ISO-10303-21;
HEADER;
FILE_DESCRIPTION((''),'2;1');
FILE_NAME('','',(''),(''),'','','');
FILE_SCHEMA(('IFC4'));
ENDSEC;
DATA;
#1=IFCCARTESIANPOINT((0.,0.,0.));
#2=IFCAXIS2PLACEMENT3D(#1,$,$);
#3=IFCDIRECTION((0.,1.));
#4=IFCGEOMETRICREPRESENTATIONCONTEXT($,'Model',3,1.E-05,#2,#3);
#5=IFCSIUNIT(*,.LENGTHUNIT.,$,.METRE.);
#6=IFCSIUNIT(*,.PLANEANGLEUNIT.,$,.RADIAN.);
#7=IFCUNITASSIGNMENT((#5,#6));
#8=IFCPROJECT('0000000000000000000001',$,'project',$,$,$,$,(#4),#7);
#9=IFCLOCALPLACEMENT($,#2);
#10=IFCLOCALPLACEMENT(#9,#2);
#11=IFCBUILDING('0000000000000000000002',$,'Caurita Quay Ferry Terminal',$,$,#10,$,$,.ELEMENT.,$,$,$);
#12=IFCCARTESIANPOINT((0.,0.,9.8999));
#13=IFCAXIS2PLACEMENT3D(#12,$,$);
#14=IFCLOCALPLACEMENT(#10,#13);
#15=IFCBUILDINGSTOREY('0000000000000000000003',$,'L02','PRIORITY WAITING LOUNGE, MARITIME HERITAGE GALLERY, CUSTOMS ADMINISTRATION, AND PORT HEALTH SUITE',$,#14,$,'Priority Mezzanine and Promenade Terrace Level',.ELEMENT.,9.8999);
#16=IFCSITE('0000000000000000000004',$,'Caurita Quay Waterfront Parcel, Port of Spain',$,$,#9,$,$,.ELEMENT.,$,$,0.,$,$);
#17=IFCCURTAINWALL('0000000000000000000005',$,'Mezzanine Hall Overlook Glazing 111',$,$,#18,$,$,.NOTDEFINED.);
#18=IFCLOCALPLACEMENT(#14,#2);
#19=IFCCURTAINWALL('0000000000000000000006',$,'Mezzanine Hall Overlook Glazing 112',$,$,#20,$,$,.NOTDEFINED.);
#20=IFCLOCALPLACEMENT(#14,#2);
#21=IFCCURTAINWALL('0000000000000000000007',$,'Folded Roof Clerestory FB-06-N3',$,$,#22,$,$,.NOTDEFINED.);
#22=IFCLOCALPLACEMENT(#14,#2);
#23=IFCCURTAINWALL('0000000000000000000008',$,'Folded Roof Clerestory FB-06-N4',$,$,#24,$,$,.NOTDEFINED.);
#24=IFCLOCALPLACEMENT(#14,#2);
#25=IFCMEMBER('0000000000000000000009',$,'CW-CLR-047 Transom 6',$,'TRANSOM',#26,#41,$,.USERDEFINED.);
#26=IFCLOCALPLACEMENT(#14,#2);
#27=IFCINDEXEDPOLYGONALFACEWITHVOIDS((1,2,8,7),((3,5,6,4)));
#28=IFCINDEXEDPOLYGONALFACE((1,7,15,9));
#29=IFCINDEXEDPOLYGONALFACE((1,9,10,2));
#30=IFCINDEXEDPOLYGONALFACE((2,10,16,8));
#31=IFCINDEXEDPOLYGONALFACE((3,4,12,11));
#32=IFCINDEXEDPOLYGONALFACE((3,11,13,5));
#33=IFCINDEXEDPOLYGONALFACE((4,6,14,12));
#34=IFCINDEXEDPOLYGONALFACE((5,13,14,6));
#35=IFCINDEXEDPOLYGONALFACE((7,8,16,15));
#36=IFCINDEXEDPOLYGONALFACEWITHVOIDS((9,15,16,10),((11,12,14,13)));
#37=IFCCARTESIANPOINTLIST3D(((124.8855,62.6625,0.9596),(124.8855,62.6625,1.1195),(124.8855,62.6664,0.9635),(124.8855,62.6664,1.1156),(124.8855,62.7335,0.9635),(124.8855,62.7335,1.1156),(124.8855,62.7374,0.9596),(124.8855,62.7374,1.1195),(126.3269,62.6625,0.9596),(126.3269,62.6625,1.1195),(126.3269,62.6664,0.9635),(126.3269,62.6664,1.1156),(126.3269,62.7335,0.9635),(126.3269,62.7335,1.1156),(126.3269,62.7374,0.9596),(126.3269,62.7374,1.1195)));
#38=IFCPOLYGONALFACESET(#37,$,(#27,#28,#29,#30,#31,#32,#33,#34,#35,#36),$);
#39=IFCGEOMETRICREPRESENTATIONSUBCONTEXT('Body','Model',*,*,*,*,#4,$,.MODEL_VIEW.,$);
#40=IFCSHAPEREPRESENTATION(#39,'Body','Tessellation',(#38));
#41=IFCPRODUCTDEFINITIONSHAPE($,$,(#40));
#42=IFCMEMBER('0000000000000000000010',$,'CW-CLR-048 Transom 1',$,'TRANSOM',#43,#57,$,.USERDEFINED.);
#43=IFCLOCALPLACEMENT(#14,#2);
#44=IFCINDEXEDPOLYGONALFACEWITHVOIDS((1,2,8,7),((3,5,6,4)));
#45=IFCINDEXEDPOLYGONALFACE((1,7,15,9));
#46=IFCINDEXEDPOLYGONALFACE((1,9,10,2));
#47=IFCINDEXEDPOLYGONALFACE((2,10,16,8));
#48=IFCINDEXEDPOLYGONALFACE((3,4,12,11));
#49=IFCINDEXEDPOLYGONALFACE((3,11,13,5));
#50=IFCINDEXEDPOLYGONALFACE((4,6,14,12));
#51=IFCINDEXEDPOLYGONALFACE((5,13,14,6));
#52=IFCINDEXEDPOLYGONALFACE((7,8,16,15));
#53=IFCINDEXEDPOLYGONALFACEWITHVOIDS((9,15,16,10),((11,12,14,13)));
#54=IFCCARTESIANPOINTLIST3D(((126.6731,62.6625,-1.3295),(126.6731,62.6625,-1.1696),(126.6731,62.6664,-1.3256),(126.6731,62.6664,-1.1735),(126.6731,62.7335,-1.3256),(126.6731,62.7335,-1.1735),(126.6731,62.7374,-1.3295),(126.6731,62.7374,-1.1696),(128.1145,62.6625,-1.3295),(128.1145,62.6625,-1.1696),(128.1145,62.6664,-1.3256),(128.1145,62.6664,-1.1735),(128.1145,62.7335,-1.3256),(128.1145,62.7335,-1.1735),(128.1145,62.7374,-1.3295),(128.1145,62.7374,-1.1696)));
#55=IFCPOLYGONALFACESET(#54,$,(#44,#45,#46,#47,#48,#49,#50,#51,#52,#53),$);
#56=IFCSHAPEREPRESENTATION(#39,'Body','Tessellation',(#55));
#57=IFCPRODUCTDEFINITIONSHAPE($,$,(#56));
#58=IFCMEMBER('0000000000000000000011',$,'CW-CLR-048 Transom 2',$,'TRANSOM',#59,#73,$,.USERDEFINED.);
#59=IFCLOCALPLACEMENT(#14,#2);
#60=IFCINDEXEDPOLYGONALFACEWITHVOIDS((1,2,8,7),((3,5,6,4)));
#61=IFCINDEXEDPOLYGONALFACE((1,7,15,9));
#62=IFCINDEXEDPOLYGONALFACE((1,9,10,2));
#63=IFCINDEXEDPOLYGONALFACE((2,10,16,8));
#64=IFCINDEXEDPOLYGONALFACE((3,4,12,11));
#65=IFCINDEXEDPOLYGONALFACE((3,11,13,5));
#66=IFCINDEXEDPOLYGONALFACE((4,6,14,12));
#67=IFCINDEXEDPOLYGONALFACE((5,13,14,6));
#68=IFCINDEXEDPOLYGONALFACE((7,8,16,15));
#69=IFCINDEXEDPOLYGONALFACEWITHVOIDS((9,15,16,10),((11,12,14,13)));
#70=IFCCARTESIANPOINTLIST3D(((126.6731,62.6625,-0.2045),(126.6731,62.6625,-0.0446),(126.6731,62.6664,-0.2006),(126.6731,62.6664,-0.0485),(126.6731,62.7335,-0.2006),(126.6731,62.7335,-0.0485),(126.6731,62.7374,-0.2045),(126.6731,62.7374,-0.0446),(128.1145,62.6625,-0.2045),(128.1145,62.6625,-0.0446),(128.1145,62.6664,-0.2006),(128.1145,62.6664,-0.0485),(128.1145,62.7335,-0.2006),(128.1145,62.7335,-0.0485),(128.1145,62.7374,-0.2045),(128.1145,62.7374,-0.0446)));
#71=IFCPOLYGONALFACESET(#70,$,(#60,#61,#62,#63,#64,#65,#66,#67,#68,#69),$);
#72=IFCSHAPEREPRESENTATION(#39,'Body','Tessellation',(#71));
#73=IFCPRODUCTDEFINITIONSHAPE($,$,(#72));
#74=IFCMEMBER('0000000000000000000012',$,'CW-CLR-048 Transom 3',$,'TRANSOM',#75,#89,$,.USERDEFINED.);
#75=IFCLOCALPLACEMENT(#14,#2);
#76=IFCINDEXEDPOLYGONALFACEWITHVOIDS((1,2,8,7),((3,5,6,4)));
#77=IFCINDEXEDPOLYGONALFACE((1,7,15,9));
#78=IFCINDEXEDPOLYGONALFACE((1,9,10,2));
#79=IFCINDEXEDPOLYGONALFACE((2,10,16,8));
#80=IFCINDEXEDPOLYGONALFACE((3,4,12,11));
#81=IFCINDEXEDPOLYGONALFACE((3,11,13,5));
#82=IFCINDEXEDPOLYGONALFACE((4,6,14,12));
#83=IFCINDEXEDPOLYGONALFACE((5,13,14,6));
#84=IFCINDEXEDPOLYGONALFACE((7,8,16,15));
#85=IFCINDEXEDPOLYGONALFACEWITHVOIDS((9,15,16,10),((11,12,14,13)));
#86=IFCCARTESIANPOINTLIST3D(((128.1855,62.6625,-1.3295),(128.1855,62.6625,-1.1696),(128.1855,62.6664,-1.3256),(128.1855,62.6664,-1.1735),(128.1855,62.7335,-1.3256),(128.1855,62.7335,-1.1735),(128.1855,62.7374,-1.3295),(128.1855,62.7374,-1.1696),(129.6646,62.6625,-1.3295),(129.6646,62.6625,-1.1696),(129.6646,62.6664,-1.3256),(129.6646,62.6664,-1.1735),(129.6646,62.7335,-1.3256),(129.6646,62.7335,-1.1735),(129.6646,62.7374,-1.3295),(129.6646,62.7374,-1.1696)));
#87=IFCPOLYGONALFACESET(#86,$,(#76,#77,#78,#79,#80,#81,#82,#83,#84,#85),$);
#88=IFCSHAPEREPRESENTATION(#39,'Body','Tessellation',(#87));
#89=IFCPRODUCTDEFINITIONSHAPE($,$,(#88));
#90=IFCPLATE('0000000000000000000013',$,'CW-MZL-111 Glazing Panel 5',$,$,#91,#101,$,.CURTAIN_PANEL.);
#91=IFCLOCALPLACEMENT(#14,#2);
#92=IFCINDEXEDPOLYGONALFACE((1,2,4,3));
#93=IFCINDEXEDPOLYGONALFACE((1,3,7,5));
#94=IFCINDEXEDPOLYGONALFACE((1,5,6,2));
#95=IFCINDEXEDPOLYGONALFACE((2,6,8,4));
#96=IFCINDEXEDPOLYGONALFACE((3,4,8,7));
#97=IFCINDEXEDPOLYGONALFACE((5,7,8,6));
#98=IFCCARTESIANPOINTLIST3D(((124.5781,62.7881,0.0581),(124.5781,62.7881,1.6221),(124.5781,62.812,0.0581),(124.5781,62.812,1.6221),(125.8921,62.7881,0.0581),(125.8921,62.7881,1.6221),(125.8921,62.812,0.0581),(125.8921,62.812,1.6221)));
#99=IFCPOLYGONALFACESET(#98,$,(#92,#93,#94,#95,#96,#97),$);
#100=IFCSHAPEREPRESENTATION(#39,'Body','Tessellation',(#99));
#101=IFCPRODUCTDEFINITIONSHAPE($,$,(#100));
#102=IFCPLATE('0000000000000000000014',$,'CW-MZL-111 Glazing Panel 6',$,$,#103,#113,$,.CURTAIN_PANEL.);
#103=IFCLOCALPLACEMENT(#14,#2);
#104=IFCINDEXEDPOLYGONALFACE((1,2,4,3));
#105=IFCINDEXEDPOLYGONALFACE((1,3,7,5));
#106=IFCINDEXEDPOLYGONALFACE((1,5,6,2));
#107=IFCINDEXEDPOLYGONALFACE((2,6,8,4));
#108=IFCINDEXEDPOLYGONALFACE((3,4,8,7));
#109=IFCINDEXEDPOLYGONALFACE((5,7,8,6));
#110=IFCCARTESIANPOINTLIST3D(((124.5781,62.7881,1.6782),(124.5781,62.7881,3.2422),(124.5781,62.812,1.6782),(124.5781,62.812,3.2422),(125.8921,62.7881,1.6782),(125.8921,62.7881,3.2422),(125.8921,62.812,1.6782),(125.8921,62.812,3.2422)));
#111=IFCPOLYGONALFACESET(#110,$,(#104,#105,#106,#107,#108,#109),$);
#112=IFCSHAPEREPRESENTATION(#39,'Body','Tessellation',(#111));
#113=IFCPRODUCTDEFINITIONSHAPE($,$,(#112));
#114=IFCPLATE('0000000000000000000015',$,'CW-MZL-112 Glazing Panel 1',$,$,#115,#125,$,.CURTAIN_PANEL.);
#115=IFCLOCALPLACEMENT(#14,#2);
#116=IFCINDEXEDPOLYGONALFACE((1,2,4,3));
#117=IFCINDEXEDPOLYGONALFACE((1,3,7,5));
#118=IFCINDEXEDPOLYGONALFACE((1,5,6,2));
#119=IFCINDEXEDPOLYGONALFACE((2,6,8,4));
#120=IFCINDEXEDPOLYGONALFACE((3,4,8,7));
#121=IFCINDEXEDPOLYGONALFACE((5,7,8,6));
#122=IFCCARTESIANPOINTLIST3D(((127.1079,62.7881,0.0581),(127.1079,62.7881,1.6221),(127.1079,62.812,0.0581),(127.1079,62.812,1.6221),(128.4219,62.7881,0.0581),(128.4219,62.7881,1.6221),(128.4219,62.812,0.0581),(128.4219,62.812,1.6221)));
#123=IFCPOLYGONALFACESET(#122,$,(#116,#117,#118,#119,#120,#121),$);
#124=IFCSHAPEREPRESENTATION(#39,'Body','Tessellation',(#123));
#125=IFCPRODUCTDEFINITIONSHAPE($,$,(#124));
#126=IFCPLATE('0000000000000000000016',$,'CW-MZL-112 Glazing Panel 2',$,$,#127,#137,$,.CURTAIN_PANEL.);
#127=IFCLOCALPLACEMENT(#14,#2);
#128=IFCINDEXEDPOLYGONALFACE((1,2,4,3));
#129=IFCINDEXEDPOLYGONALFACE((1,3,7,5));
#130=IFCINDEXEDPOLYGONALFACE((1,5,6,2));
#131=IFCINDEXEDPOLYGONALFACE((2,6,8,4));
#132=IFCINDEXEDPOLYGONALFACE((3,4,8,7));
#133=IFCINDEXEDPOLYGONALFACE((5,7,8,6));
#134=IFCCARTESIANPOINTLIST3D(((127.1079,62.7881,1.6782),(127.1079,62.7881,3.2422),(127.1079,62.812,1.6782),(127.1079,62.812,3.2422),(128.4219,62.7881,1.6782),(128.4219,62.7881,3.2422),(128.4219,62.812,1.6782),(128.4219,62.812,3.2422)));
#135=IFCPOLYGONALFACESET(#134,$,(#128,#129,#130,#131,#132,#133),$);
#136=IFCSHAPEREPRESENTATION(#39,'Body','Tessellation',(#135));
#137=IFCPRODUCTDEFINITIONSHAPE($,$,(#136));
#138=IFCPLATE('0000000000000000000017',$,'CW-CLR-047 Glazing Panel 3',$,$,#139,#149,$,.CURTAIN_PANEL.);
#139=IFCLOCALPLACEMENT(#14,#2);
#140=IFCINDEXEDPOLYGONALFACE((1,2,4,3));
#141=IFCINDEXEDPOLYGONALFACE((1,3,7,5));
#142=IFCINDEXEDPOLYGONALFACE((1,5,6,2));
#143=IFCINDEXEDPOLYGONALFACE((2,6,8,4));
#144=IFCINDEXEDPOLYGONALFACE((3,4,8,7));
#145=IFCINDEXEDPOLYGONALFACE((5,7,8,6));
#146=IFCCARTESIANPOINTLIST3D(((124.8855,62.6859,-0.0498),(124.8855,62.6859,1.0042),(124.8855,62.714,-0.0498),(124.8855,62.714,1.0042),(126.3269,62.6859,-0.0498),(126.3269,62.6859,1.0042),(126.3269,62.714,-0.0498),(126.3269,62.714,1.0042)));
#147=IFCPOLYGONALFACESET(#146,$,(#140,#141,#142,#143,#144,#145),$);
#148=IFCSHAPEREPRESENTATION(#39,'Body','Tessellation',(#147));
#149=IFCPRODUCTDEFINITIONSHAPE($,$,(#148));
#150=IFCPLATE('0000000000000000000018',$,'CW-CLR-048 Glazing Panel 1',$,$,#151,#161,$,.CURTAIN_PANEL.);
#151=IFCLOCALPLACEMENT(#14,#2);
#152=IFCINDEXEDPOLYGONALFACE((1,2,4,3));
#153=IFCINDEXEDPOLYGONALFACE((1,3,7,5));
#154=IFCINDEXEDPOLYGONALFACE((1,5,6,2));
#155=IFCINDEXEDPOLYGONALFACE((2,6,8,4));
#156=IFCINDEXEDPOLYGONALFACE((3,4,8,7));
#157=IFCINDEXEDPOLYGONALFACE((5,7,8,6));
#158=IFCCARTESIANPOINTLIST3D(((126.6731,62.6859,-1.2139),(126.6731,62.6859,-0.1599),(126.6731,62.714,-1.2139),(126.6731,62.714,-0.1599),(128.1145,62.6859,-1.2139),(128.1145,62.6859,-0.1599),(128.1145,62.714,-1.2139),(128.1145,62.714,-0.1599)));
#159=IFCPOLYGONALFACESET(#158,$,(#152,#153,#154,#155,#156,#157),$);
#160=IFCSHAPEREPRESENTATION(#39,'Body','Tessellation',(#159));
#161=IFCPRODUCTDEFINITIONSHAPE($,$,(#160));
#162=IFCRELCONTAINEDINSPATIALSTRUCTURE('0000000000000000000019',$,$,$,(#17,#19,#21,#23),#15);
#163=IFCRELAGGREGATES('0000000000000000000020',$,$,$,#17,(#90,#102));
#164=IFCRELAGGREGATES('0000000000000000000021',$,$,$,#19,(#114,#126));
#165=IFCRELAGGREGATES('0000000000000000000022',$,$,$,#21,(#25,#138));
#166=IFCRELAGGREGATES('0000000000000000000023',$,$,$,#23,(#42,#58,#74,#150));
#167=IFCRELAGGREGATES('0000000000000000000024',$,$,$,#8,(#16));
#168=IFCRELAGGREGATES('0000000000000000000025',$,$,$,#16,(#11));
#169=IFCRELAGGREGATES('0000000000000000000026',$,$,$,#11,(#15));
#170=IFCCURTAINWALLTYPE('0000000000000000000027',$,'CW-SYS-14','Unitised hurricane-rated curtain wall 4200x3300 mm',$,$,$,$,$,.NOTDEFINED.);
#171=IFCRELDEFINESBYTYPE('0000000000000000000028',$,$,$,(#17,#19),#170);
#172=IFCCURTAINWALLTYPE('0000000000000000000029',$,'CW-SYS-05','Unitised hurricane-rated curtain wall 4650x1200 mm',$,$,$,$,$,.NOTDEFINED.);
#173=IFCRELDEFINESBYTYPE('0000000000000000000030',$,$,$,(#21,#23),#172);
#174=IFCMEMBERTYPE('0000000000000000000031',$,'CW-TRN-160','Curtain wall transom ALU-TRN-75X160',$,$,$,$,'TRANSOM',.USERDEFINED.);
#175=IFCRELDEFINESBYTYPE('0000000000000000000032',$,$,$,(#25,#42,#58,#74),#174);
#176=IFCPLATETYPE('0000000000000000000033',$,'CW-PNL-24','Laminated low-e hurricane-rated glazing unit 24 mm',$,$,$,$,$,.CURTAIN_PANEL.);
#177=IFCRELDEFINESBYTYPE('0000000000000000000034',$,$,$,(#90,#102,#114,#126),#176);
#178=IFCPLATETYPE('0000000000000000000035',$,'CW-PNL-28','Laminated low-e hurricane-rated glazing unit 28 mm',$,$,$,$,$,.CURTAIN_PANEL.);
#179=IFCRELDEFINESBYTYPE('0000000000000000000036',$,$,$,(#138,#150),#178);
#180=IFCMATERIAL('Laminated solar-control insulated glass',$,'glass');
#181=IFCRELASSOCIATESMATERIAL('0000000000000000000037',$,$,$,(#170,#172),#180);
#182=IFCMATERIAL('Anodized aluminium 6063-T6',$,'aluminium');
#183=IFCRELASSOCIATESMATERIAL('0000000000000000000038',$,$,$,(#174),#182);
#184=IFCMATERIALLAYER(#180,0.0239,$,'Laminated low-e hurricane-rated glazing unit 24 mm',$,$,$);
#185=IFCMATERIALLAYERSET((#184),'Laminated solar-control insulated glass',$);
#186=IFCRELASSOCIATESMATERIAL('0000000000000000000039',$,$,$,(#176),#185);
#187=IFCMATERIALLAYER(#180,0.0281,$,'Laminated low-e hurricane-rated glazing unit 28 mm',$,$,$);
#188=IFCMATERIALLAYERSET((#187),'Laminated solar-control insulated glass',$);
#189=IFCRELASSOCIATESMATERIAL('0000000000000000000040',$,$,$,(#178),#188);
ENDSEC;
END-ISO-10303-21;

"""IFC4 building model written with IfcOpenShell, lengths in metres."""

from ifc_helpers import new_model, si_unit, direction, frame, origin, origin_2d, place, context, subcontext, project, spatial, rectangle, hollow_rectangle, extrude, material, layer, layer_set, material_profile, profile_set, type_object, element, aggregate, save


model = new_model("IFC4")

# Units and contexts
model_context = context("Model", 3, precision=1e-05, world=origin(), true_north=direction((0.0, 1.0)))
body_context = subcontext(model_context, "Body", "Model", "MODEL_VIEW")
ifc_project = project(units=[si_unit("LENGTHUNIT", "METRE"), si_unit("PLANEANGLEUNIT", "RADIAN")], contexts=[model_context])

# Site, building, storey
site_placement = place(None, origin())
site = spatial("IfcSite", under=ifc_project, at=site_placement, Name="Caurita Quay Waterfront Parcel, Port of Spain", CompositionType="ELEMENT", RefElevation=0.0)
building_placement = place(site_placement, origin())
building = spatial("IfcBuilding", under=site, at=building_placement, Name="Caurita Quay Ferry Terminal", CompositionType="ELEMENT")
storey_placement = place(building_placement, frame((0.0, 0.0, 9.8999)))
storey = spatial("IfcBuildingStorey", under=building, at=storey_placement, Name="L02", Description="PRIORITY WAITING LOUNGE, MARITIME HERITAGE GALLERY, CUSTOMS ADMINISTRATION, AND PORT HEALTH SUITE", LongName="Priority Mezzanine and Promenade Terrace Level", CompositionType="ELEMENT", Elevation=9.8999)

# Curtain walls
ifc_material_1 = material(Name="Laminated solar-control insulated glass", Category="glass")
curtain_wall_type_1 = type_object("IfcCurtainWallType", Name="CW-SYS-14", Description="Unitised hurricane-rated curtain wall 4200x3300 mm", PredefinedType="NOTDEFINED", material=ifc_material_1)
curtain_wall_1_placement = place(storey_placement, origin())
curtain_wall_1 = element("IfcCurtainWall", 1, at=curtain_wall_1_placement, inside=storey, type_object=curtain_wall_type_1, Name="Mezzanine Hall Overlook Glazing 111", PredefinedType="NOTDEFINED")
ifc_material_2 = material(Name="Anodized aluminium 6063-T6", Category="aluminium")
curtain_wall_2_placement = place(storey_placement, origin())
curtain_wall_2 = element("IfcCurtainWall", 2, at=curtain_wall_2_placement, inside=storey, type_object=curtain_wall_type_1, Name="Mezzanine Hall Overlook Glazing 112", PredefinedType="NOTDEFINED")

# Curtain walls
curtain_wall_type_2 = type_object("IfcCurtainWallType", Name="CW-SYS-05", Description="Unitised hurricane-rated curtain wall 4650x1200 mm", PredefinedType="NOTDEFINED", material=ifc_material_1)
curtain_wall_3_placement = place(storey_placement, origin())
curtain_wall_3 = element("IfcCurtainWall", 3, at=curtain_wall_3_placement, inside=storey, type_object=curtain_wall_type_2, Name="Folded Roof Clerestory FB-06-N3", PredefinedType="NOTDEFINED")
curtain_wall_4_placement = place(storey_placement, origin())
curtain_wall_4 = element("IfcCurtainWall", 4, at=curtain_wall_4_placement, inside=storey, type_object=curtain_wall_type_2, Name="Folded Roof Clerestory FB-06-N4", PredefinedType="NOTDEFINED")

# Members
ifc_material_profile_1 = material_profile(ifc_material_2, hollow_rectangle(XDim=0.075, YDim=0.1599, WallThickness=0.0039, at=origin_2d()), Name="ALU-TRN-75X160")
ifc_profile_set_1 = profile_set([ifc_material_profile_1], Name="Anodized aluminium 6063-T6")
member_type_1 = type_object("IfcMemberType", Name="CW-TRN-160", Description="Curtain wall transom ALU-TRN-75X160", ElementType="TRANSOM", PredefinedType="USERDEFINED", material=ifc_profile_set_1)
member_1_placement = place(storey_placement, frame((124.8855, 62.7, 1.0396), z_axis=(1.0, 0.0, 0.0), x_axis=(0.0, 1.0, 0.0)))
member_1 = element("IfcMember", 5, at=member_1_placement, type_object=member_type_1, Name="CW-CLR-047 Transom 6", ObjectType="TRANSOM", PredefinedType="USERDEFINED", context=body_context, shape_type="SweptSolid", body=[
    extrude(hollow_rectangle(XDim=0.075, YDim=0.1599, WallThickness=0.0039, at=origin_2d()), origin(), (0.0, 0.0, 1.0), 1.4414),
])
member_2_placement = place(storey_placement, frame((126.6731, 62.7, -1.2495), z_axis=(1.0, 0.0, 0.0), x_axis=(0.0, 1.0, 0.0)))
member_2 = element("IfcMember", 6, at=member_2_placement, type_object=member_type_1, Name="CW-CLR-048 Transom 1", ObjectType="TRANSOM", PredefinedType="USERDEFINED", context=body_context, shape_type="SweptSolid", body=[
    extrude(hollow_rectangle(XDim=0.075, YDim=0.1599, WallThickness=0.0039, at=origin_2d()), origin(), (0.0, 0.0, 1.0), 1.4414),
])
member_3_placement = place(storey_placement, frame((126.6731, 62.7, -0.1245), z_axis=(1.0, 0.0, 0.0), x_axis=(0.0, 1.0, 0.0)))
member_3 = element("IfcMember", 7, at=member_3_placement, type_object=member_type_1, Name="CW-CLR-048 Transom 2", ObjectType="TRANSOM", PredefinedType="USERDEFINED", context=body_context, shape_type="SweptSolid", body=[
    extrude(hollow_rectangle(XDim=0.075, YDim=0.1599, WallThickness=0.0039, at=origin_2d()), origin(), (0.0, 0.0, 1.0), 1.4414),
])
member_4_placement = place(storey_placement, frame((128.1855, 62.7, -1.2495), z_axis=(1.0, 0.0, 0.0), x_axis=(0.0, 1.0, 0.0)))
member_4 = element("IfcMember", 8, at=member_4_placement, type_object=member_type_1, Name="CW-CLR-048 Transom 3", ObjectType="TRANSOM", PredefinedType="USERDEFINED", context=body_context, shape_type="SweptSolid", body=[
    extrude(hollow_rectangle(XDim=0.075, YDim=0.1599, WallThickness=0.0039, at=origin_2d()), origin(), (0.0, 0.0, 1.0), 1.479),
])

# Plates
ifc_layer_1 = layer(ifc_material_1, 0.0239, Name="Laminated low-e hurricane-rated glazing unit 24 mm")
ifc_layer_set_1 = layer_set([ifc_layer_1], Name="Laminated solar-control insulated glass")
plate_type_1 = type_object("IfcPlateType", Name="CW-PNL-24", Description="Laminated low-e hurricane-rated glazing unit 24 mm", PredefinedType="CURTAIN_PANEL", material=ifc_layer_set_1)
plate_1_placement = place(storey_placement, frame((125.2351, 62.8, 0.0581), z_axis=(0.0, 0.0, 1.0), x_axis=(1.0, 0.0, 0.0)))
plate_1 = element("IfcPlate", 9, at=plate_1_placement, type_object=plate_type_1, Name="CW-MZL-111 Glazing Panel 5", PredefinedType="CURTAIN_PANEL", context=body_context, shape_type="SweptSolid", body=[
    extrude(rectangle(XDim=1.314, YDim=0.0239, at=origin_2d()), origin(), (0.0, 0.0, 1.0), 1.564),
])
plate_2_placement = place(storey_placement, frame((125.2351, 62.8, 1.6782), z_axis=(0.0, 0.0, 1.0), x_axis=(1.0, 0.0, 0.0)))
plate_2 = element("IfcPlate", 10, at=plate_2_placement, type_object=plate_type_1, Name="CW-MZL-111 Glazing Panel 6", PredefinedType="CURTAIN_PANEL", context=body_context, shape_type="SweptSolid", body=[
    extrude(rectangle(XDim=1.314, YDim=0.0239, at=origin_2d()), origin(), (0.0, 0.0, 1.0), 1.564),
])
aggregate(curtain_wall_1, [plate_1, plate_2])
plate_3_placement = place(storey_placement, frame((127.7649, 62.8, 0.0581), z_axis=(0.0, 0.0, 1.0), x_axis=(1.0, 0.0, 0.0)))
plate_3 = element("IfcPlate", 11, at=plate_3_placement, type_object=plate_type_1, Name="CW-MZL-112 Glazing Panel 1", PredefinedType="CURTAIN_PANEL", context=body_context, shape_type="SweptSolid", body=[
    extrude(rectangle(XDim=1.314, YDim=0.0239, at=origin_2d()), origin(), (0.0, 0.0, 1.0), 1.564),
])
plate_4_placement = place(storey_placement, frame((127.7649, 62.8, 1.6782), z_axis=(0.0, 0.0, 1.0), x_axis=(1.0, 0.0, 0.0)))
plate_4 = element("IfcPlate", 12, at=plate_4_placement, type_object=plate_type_1, Name="CW-MZL-112 Glazing Panel 2", PredefinedType="CURTAIN_PANEL", context=body_context, shape_type="SweptSolid", body=[
    extrude(rectangle(XDim=1.314, YDim=0.0239, at=origin_2d()), origin(), (0.0, 0.0, 1.0), 1.564),
])
aggregate(curtain_wall_2, [plate_3, plate_4])
ifc_layer_2 = layer(ifc_material_1, 0.0281, Name="Laminated low-e hurricane-rated glazing unit 28 mm")
ifc_layer_set_2 = layer_set([ifc_layer_2], Name="Laminated solar-control insulated glass")
plate_type_2 = type_object("IfcPlateType", Name="CW-PNL-28", Description="Laminated low-e hurricane-rated glazing unit 28 mm", PredefinedType="CURTAIN_PANEL", material=ifc_layer_set_2)
plate_5_placement = place(storey_placement, frame((125.6062, 62.7, -0.0498), z_axis=(0.0, 0.0, 1.0), x_axis=(1.0, 0.0, 0.0)))
plate_5 = element("IfcPlate", 13, at=plate_5_placement, type_object=plate_type_2, Name="CW-CLR-047 Glazing Panel 3", PredefinedType="CURTAIN_PANEL", context=body_context, shape_type="SweptSolid", body=[
    extrude(rectangle(XDim=1.4414, YDim=0.0281, at=origin_2d()), origin(), (0.0, 0.0, 1.0), 1.054),
])
aggregate(curtain_wall_3, [member_1, plate_5])
plate_6_placement = place(storey_placement, frame((127.3938, 62.7, -1.2139), z_axis=(0.0, 0.0, 1.0), x_axis=(1.0, 0.0, 0.0)))
plate_6 = element("IfcPlate", 14, at=plate_6_placement, type_object=plate_type_2, Name="CW-CLR-048 Glazing Panel 1", PredefinedType="CURTAIN_PANEL", context=body_context, shape_type="SweptSolid", body=[
    extrude(rectangle(XDim=1.4414, YDim=0.0281, at=origin_2d()), origin(), (0.0, 0.0, 1.0), 1.054),
])
aggregate(curtain_wall_4, [member_2, member_3, member_4, plate_6])

save(model, "model.ifc")
